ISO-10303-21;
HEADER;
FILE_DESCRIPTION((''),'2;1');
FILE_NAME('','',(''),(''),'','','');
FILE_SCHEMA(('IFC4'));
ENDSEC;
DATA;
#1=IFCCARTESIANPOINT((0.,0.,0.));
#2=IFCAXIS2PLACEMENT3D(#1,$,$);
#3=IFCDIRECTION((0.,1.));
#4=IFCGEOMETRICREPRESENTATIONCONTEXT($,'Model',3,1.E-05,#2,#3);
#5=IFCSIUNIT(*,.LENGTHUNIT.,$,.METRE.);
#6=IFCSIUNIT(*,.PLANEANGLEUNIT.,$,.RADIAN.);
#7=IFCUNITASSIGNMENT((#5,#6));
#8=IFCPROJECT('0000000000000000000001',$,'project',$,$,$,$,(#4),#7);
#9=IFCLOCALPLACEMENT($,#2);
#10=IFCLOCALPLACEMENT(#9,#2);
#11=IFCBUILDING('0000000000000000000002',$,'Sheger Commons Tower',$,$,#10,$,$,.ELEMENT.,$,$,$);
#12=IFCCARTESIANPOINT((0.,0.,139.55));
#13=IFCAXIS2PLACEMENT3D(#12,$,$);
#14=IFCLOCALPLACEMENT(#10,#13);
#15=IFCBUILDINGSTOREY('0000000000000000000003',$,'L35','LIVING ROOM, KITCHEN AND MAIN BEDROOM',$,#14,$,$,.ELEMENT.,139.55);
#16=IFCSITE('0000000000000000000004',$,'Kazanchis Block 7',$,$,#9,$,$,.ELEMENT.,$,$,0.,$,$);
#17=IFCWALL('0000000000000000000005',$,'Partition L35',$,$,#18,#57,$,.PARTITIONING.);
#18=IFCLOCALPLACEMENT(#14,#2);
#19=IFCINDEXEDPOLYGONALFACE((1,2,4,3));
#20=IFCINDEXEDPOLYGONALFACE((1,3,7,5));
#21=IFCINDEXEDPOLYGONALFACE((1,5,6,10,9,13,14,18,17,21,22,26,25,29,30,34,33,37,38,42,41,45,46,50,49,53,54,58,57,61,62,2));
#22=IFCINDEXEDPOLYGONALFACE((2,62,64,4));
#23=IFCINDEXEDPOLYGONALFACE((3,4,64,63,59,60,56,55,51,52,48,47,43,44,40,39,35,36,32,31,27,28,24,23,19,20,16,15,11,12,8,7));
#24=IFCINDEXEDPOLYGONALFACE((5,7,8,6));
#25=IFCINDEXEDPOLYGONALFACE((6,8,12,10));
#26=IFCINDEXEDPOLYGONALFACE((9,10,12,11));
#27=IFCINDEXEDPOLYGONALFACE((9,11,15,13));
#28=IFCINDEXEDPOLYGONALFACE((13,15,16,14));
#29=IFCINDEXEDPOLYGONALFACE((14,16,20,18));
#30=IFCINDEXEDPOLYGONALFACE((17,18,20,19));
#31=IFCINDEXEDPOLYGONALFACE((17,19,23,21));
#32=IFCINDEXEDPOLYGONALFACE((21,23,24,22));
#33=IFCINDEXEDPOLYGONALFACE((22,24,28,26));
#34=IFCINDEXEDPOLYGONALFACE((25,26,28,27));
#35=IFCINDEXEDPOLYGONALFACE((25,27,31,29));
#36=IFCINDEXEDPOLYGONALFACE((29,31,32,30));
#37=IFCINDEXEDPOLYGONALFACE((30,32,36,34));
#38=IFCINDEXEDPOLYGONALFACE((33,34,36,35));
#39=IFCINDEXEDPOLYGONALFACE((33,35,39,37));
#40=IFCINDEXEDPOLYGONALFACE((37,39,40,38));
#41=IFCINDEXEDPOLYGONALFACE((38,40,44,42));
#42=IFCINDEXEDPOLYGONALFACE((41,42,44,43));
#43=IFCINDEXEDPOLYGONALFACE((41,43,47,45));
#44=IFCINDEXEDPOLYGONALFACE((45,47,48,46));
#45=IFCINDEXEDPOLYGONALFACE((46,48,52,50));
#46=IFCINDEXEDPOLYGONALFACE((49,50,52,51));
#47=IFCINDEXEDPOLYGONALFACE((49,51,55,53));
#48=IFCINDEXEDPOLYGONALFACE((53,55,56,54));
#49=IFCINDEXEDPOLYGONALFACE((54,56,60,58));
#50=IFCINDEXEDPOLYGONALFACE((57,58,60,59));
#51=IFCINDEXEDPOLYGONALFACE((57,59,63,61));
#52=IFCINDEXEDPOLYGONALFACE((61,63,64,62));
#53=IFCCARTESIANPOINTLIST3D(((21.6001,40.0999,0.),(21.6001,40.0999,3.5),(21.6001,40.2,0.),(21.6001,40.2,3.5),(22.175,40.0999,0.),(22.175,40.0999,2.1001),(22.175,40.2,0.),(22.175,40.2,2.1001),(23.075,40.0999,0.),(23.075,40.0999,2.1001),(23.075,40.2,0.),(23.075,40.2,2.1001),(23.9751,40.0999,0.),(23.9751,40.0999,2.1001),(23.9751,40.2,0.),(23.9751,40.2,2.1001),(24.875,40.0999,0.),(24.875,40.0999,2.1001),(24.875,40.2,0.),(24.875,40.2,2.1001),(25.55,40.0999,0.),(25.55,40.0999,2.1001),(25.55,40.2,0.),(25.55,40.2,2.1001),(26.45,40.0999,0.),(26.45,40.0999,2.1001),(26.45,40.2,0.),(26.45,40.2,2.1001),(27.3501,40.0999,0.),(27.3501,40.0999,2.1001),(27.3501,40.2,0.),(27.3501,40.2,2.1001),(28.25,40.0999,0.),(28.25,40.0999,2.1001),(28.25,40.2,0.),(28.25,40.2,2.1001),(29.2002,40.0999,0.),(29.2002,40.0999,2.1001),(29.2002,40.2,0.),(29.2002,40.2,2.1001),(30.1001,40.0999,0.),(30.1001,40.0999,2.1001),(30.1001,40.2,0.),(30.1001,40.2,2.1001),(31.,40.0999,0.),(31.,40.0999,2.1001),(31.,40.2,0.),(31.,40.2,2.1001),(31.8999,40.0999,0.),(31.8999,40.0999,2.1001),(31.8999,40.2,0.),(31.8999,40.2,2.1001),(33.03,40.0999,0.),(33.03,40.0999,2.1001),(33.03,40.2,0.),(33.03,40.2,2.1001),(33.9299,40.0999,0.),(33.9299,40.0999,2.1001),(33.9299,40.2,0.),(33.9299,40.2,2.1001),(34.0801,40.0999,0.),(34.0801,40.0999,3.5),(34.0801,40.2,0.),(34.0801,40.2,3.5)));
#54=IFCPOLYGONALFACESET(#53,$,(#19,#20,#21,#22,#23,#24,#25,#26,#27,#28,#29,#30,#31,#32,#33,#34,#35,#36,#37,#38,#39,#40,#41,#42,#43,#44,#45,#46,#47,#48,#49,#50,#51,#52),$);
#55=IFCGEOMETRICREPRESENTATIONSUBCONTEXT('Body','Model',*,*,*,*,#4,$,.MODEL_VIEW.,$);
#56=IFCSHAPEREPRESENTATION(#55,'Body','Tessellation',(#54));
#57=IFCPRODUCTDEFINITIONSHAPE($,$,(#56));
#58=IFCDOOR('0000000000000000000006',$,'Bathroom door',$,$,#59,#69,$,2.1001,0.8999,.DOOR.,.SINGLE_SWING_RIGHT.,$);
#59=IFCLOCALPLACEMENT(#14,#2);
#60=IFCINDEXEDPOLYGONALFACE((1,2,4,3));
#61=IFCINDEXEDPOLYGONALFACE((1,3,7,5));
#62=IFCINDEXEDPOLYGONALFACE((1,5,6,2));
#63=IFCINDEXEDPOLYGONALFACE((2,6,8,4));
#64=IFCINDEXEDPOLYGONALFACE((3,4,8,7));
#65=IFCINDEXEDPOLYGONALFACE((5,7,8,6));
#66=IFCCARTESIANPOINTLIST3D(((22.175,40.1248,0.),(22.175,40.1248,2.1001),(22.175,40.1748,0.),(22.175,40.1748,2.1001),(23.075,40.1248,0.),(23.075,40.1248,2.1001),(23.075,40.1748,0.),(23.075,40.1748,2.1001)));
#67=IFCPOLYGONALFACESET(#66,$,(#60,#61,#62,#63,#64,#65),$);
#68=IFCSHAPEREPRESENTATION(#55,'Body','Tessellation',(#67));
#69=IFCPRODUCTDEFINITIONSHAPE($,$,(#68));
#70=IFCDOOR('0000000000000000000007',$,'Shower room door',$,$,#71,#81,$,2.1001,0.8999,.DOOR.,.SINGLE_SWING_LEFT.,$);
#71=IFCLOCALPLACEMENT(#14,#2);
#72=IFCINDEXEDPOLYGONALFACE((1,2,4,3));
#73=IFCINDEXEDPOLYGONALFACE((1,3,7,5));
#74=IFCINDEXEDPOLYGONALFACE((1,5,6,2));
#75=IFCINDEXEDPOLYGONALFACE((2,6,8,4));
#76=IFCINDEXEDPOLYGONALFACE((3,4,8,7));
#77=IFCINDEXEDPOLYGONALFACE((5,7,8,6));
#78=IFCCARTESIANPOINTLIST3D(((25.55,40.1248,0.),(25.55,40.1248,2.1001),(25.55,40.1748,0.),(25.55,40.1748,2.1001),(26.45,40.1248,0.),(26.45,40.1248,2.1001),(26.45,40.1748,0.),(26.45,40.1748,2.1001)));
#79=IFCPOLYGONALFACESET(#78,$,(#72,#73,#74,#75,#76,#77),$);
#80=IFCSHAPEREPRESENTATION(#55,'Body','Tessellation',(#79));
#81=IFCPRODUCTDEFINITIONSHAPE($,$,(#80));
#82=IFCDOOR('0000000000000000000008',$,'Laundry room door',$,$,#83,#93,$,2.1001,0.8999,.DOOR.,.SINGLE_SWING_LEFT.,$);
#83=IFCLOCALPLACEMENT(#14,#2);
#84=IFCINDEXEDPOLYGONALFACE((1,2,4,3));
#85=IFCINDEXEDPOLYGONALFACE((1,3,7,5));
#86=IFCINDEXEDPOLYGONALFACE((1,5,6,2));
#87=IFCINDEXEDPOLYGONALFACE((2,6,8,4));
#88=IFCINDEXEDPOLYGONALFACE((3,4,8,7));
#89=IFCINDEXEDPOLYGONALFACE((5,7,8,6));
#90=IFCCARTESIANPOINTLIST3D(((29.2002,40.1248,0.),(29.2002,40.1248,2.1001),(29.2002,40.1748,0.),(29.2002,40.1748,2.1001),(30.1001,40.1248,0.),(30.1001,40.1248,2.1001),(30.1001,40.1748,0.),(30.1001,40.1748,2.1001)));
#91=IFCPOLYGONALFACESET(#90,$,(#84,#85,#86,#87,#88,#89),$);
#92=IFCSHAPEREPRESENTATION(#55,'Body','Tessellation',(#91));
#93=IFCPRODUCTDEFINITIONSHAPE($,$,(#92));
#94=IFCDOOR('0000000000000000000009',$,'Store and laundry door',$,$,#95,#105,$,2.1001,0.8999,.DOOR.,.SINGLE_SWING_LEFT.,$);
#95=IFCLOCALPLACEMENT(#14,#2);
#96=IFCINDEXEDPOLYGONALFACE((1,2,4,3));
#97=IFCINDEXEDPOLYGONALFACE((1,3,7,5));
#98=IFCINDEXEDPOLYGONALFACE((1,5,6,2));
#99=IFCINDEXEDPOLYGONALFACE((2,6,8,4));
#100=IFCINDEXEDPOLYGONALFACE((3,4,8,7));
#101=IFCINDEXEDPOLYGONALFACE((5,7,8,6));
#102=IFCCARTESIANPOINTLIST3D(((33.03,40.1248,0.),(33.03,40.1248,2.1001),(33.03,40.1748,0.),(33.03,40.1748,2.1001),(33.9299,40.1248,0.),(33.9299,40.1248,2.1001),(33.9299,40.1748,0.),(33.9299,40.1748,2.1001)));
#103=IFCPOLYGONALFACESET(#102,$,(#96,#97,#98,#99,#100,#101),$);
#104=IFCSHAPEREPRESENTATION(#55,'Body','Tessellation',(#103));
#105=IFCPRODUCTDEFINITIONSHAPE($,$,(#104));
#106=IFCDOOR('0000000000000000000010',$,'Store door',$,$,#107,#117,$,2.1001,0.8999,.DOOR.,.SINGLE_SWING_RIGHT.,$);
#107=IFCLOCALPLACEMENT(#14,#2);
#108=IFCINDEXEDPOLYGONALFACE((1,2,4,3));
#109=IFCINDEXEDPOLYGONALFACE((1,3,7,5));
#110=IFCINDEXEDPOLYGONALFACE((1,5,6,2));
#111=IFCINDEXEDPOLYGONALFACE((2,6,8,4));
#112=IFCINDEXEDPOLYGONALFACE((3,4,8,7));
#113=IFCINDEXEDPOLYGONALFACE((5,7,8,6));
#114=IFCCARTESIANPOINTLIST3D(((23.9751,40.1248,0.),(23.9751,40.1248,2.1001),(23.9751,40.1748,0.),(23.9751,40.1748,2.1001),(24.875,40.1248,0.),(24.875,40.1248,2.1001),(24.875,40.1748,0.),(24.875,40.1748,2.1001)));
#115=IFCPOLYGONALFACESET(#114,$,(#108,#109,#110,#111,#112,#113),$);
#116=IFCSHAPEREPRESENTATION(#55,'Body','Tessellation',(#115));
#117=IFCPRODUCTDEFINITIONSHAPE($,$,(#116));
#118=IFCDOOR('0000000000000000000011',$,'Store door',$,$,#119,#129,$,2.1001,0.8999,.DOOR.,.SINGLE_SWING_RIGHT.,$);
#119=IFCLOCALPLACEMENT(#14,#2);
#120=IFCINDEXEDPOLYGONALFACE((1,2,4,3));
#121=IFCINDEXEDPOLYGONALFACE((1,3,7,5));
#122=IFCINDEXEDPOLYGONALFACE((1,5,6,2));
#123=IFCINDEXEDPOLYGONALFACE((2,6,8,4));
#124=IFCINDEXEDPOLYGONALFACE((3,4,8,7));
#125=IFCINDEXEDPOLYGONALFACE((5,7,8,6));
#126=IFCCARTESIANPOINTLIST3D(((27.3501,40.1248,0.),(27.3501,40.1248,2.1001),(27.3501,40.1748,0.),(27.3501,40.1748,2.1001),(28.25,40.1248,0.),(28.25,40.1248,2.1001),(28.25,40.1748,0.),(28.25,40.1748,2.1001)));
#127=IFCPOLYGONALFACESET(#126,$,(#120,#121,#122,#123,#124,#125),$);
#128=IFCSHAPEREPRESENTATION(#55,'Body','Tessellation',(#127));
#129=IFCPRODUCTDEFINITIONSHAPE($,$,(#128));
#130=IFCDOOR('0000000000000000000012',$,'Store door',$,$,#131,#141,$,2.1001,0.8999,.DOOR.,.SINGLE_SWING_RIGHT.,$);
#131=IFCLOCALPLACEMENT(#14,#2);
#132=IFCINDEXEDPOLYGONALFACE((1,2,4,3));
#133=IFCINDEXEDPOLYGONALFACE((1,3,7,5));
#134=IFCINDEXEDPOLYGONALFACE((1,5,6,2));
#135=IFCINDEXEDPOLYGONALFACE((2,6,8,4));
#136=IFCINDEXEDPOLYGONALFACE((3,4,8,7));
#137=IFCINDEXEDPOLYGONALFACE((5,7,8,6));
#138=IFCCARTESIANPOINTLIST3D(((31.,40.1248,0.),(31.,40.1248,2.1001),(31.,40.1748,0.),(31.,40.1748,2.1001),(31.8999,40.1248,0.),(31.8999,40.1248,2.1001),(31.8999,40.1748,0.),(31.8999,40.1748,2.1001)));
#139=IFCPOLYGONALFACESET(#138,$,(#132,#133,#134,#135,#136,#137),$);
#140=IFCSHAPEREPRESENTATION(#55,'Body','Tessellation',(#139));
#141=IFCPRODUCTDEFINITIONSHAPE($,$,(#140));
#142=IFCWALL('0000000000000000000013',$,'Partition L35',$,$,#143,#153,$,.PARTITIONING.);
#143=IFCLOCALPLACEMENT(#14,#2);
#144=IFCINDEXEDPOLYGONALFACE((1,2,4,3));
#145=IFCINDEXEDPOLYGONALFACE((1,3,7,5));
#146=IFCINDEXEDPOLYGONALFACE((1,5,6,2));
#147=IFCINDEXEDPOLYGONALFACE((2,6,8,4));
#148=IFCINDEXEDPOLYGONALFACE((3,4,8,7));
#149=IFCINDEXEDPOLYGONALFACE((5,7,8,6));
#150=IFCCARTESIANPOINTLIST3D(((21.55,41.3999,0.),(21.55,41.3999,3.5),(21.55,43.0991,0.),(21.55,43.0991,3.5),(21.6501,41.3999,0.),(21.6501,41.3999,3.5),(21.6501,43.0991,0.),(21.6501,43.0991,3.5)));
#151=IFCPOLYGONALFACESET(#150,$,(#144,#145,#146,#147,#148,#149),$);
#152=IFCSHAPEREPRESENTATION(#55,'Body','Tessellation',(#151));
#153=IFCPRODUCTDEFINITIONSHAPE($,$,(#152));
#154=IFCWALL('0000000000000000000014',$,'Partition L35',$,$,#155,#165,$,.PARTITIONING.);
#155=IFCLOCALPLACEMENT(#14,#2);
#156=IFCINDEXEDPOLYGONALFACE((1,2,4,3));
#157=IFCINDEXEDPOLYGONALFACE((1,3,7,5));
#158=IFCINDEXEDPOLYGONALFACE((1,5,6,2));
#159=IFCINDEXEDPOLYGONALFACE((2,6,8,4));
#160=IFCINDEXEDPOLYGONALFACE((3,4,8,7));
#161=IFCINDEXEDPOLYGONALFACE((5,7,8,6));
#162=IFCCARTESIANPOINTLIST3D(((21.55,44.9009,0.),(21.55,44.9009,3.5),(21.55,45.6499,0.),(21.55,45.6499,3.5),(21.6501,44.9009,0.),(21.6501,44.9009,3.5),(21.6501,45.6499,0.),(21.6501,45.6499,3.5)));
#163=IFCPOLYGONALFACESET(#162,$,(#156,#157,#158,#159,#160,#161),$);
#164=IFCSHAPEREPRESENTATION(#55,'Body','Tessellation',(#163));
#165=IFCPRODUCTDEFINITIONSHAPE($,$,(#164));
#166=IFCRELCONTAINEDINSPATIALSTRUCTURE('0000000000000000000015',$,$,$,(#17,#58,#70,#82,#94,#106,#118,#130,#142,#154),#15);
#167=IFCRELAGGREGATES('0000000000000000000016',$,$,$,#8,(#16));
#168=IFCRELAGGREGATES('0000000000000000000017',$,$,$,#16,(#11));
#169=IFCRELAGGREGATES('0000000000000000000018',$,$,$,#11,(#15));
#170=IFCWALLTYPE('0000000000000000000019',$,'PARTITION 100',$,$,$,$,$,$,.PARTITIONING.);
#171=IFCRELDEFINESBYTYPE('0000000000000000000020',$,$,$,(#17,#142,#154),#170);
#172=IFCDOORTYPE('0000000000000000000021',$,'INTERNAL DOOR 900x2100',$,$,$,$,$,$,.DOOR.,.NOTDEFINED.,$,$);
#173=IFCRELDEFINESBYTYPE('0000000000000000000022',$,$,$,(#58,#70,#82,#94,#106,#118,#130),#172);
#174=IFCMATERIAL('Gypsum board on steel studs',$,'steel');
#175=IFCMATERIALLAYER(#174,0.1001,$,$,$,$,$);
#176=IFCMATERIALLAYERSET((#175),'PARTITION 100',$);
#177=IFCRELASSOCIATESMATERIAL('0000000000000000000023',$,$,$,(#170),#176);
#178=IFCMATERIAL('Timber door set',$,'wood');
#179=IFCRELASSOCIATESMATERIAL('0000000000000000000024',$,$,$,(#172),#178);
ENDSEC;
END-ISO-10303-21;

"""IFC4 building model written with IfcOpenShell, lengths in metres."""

from ifc_helpers import new_model, si_unit, direction, frame, frame_2d, origin, place, context, subcontext, project, spatial, rectangle, extrude, material, layer, layer_set, type_object, element, fill, save


model = new_model("IFC4")

# Units and contexts
model_context = context("Model", 3, precision=1e-05, world=origin(), true_north=direction((0.0, 1.0)))
body_context = subcontext(model_context, "Body", "Model", "MODEL_VIEW")
ifc_project = project(units=[si_unit("LENGTHUNIT", "METRE"), si_unit("PLANEANGLEUNIT", "RADIAN")], contexts=[model_context])

# Site, building, storey
site_placement = place(None, origin())
site = spatial("IfcSite", under=ifc_project, at=site_placement, Name="Kazanchis Block 7", CompositionType="ELEMENT", RefElevation=0.0)
building_placement = place(site_placement, origin())
building = spatial("IfcBuilding", under=site, at=building_placement, Name="Sheger Commons Tower", CompositionType="ELEMENT")
storey_placement = place(building_placement, frame((0.0, 0.0, 139.55)))
storey = spatial("IfcBuildingStorey", under=building, at=storey_placement, Name="L35", Description="LIVING ROOM, KITCHEN AND MAIN BEDROOM", CompositionType="ELEMENT", Elevation=139.55)

# Wall, openings, doors
ifc_material_1 = material(Name="Gypsum board on steel studs", Category="steel")
ifc_layer_1 = layer(ifc_material_1, 0.1001)
ifc_layer_set_1 = layer_set([ifc_layer_1], Name="PARTITION 100")
wall_type = type_object("IfcWallType", Name="PARTITION 100", PredefinedType="PARTITIONING", material=ifc_layer_set_1)
ifc_material_2 = material(Name="Timber door set", Category="wood")
door_type = type_object("IfcDoorType", Name="INTERNAL DOOR 900x2100", OperationType="NOTDEFINED", PredefinedType="DOOR", material=ifc_material_2)
wall_1_placement = place(storey_placement, frame((21.6001, 40.1499, 0.0), z_axis=(0.0, 0.0, 1.0), x_axis=(1.0, 0.0, 0.0)))
wall_1 = element("IfcWall", 1, at=wall_1_placement, inside=storey, type_object=wall_type, Name="Partition L35", PredefinedType="PARTITIONING", context=body_context, shape_type="SweptSolid", body=[
    extrude(rectangle(XDim=12.48, YDim=0.1001, at=frame_2d((6.24, 0.0))), origin(), (0.0, 0.0, 1.0), 3.5),
])
opening_1_placement = place(wall_1_placement, frame((0.575, 0.0, 0.0)))
opening_1 = element("IfcOpeningElement", 2, at=opening_1_placement, cuts=wall_1, PredefinedType="OPENING", context=body_context, shape_type="SweptSolid", body=[
    extrude(rectangle(XDim=0.8999, YDim=2.1001, at=frame_2d((0.45, 1.05))), frame((0.0, 0.0601, 0.0), z_axis=(0.0, -1.0, 0.0), x_axis=(1.0, 0.0, 0.0)), (0.0, 0.0, 1.0), 0.1201),
])
opening_2_placement = place(wall_1_placement, frame((3.95, 0.0, 0.0)))
opening_2 = element("IfcOpeningElement", 3, at=opening_2_placement, cuts=wall_1, PredefinedType="OPENING", context=body_context, shape_type="SweptSolid", body=[
    extrude(rectangle(XDim=0.8999, YDim=2.1001, at=frame_2d((0.45, 1.05))), frame((0.0, 0.0601, 0.0), z_axis=(0.0, -1.0, 0.0), x_axis=(1.0, 0.0, 0.0)), (0.0, 0.0, 1.0), 0.1201),
])
opening_3_placement = place(wall_1_placement, frame((7.6001, 0.0, 0.0)))
opening_3 = element("IfcOpeningElement", 4, at=opening_3_placement, cuts=wall_1, PredefinedType="OPENING", context=body_context, shape_type="SweptSolid", body=[
    extrude(rectangle(XDim=0.8999, YDim=2.1001, at=frame_2d((0.45, 1.05))), frame((0.0, 0.0601, 0.0), z_axis=(0.0, -1.0, 0.0), x_axis=(1.0, 0.0, 0.0)), (0.0, 0.0, 1.0), 0.1201),
])
opening_4_placement = place(wall_1_placement, frame((11.4299, 0.0, 0.0)))
opening_4 = element("IfcOpeningElement", 5, at=opening_4_placement, cuts=wall_1, PredefinedType="OPENING", context=body_context, shape_type="SweptSolid", body=[
    extrude(rectangle(XDim=0.8999, YDim=2.1001, at=frame_2d((0.45, 1.05))), frame((0.0, 0.0601, 0.0), z_axis=(0.0, -1.0, 0.0), x_axis=(1.0, 0.0, 0.0)), (0.0, 0.0, 1.0), 0.1201),
])
opening_5_placement = place(wall_1_placement, frame((2.375, 0.0, 0.0)))
opening_5 = element("IfcOpeningElement", 6, at=opening_5_placement, cuts=wall_1, PredefinedType="OPENING", context=body_context, shape_type="SweptSolid", body=[
    extrude(rectangle(XDim=0.8999, YDim=2.1001, at=frame_2d((0.45, 1.05))), frame((0.0, 0.0601, 0.0), z_axis=(0.0, -1.0, 0.0), x_axis=(1.0, 0.0, 0.0)), (0.0, 0.0, 1.0), 0.1201),
])
opening_6_placement = place(wall_1_placement, frame((5.75, 0.0, 0.0)))
opening_6 = element("IfcOpeningElement", 7, at=opening_6_placement, cuts=wall_1, PredefinedType="OPENING", context=body_context, shape_type="SweptSolid", body=[
    extrude(rectangle(XDim=0.8999, YDim=2.1001, at=frame_2d((0.45, 1.05))), frame((0.0, 0.0601, 0.0), z_axis=(0.0, -1.0, 0.0), x_axis=(1.0, 0.0, 0.0)), (0.0, 0.0, 1.0), 0.1201),
])
opening_7_placement = place(wall_1_placement, frame((9.3999, 0.0, 0.0)))
opening_7 = element("IfcOpeningElement", 8, at=opening_7_placement, cuts=wall_1, PredefinedType="OPENING", context=body_context, shape_type="SweptSolid", body=[
    extrude(rectangle(XDim=0.8999, YDim=2.1001, at=frame_2d((0.45, 1.05))), frame((0.0, 0.0601, 0.0), z_axis=(0.0, -1.0, 0.0), x_axis=(1.0, 0.0, 0.0)), (0.0, 0.0, 1.0), 0.1201),
])
door_1_placement = place(opening_1_placement, origin())
door_1 = element("IfcDoor", 9, at=door_1_placement, inside=storey, type_object=door_type, Name="Bathroom door", OperationType="SINGLE_SWING_RIGHT", OverallHeight=2.1001, OverallWidth=0.8999, PredefinedType="DOOR", context=body_context, shape_type="SweptSolid", body=[
    extrude(rectangle(XDim=0.8999, YDim=2.1001, at=frame_2d((0.45, 1.05))), frame((0.0, 0.0249, 0.0), z_axis=(0.0, -1.0, 0.0), x_axis=(1.0, 0.0, 0.0)), (0.0, 0.0, 1.0), 0.05),
])
fill(opening_1, door_1)
door_2_placement = place(opening_2_placement, origin())
door_2 = element("IfcDoor", 10, at=door_2_placement, inside=storey, type_object=door_type, Name="Shower room door", OperationType="SINGLE_SWING_LEFT", OverallHeight=2.1001, OverallWidth=0.8999, PredefinedType="DOOR", context=body_context, shape_type="SweptSolid", body=[
    extrude(rectangle(XDim=0.8999, YDim=2.1001, at=frame_2d((0.45, 1.05))), frame((0.0, 0.0249, 0.0), z_axis=(0.0, -1.0, 0.0), x_axis=(1.0, 0.0, 0.0)), (0.0, 0.0, 1.0), 0.05),
])
fill(opening_2, door_2)
door_3_placement = place(opening_3_placement, origin())
door_3 = element("IfcDoor", 11, at=door_3_placement, inside=storey, type_object=door_type, Name="Laundry room door", OperationType="SINGLE_SWING_LEFT", OverallHeight=2.1001, OverallWidth=0.8999, PredefinedType="DOOR", context=body_context, shape_type="SweptSolid", body=[
    extrude(rectangle(XDim=0.8999, YDim=2.1001, at=frame_2d((0.45, 1.05))), frame((0.0, 0.0249, 0.0), z_axis=(0.0, -1.0, 0.0), x_axis=(1.0, 0.0, 0.0)), (0.0, 0.0, 1.0), 0.05),
])
fill(opening_3, door_3)
door_4_placement = place(opening_4_placement, origin())
door_4 = element("IfcDoor", 12, at=door_4_placement, inside=storey, type_object=door_type, Name="Store and laundry door", OperationType="SINGLE_SWING_LEFT", OverallHeight=2.1001, OverallWidth=0.8999, PredefinedType="DOOR", context=body_context, shape_type="SweptSolid", body=[
    extrude(rectangle(XDim=0.8999, YDim=2.1001, at=frame_2d((0.45, 1.05))), frame((0.0, 0.0249, 0.0), z_axis=(0.0, -1.0, 0.0), x_axis=(1.0, 0.0, 0.0)), (0.0, 0.0, 1.0), 0.05),
])
fill(opening_4, door_4)
door_5_placement = place(opening_5_placement, origin())
door_5 = element("IfcDoor", 13, at=door_5_placement, inside=storey, type_object=door_type, Name="Store door", OperationType="SINGLE_SWING_RIGHT", OverallHeight=2.1001, OverallWidth=0.8999, PredefinedType="DOOR", context=body_context, shape_type="SweptSolid", body=[
    extrude(rectangle(XDim=0.8999, YDim=2.1001, at=frame_2d((0.45, 1.05))), frame((0.0, 0.0249, 0.0), z_axis=(0.0, -1.0, 0.0), x_axis=(1.0, 0.0, 0.0)), (0.0, 0.0, 1.0), 0.05),
])
fill(opening_5, door_5)
door_6_placement = place(opening_6_placement, origin())
door_6 = element("IfcDoor", 14, at=door_6_placement, inside=storey, type_object=door_type, Name="Store door", OperationType="SINGLE_SWING_RIGHT", OverallHeight=2.1001, OverallWidth=0.8999, PredefinedType="DOOR", context=body_context, shape_type="SweptSolid", body=[
    extrude(rectangle(XDim=0.8999, YDim=2.1001, at=frame_2d((0.45, 1.05))), frame((0.0, 0.0249, 0.0), z_axis=(0.0, -1.0, 0.0), x_axis=(1.0, 0.0, 0.0)), (0.0, 0.0, 1.0), 0.05),
])
fill(opening_6, door_6)
door_7_placement = place(opening_7_placement, origin())
door_7 = element("IfcDoor", 15, at=door_7_placement, inside=storey, type_object=door_type, Name="Store door", OperationType="SINGLE_SWING_RIGHT", OverallHeight=2.1001, OverallWidth=0.8999, PredefinedType="DOOR", context=body_context, shape_type="SweptSolid", body=[
    extrude(rectangle(XDim=0.8999, YDim=2.1001, at=frame_2d((0.45, 1.05))), frame((0.0, 0.0249, 0.0), z_axis=(0.0, -1.0, 0.0), x_axis=(1.0, 0.0, 0.0)), (0.0, 0.0, 1.0), 0.05),
])
fill(opening_7, door_7)

# Walls
wall_2_placement = place(storey_placement, frame((21.6001, 41.3999, 0.0), z_axis=(0.0, 0.0, 1.0), x_axis=(0.0, 1.0, 0.0)))
element("IfcWall", 16, at=wall_2_placement, inside=storey, type_object=wall_type, Name="Partition L35", PredefinedType="PARTITIONING", context=body_context, shape_type="SweptSolid", body=[
    extrude(rectangle(XDim=1.6992, YDim=0.1001, at=frame_2d((0.8496, 0.0))), origin(), (0.0, 0.0, 1.0), 3.5),
])
wall_3_placement = place(storey_placement, frame((21.6001, 44.9009, 0.0), z_axis=(0.0, 0.0, 1.0), x_axis=(0.0, 1.0, 0.0)))
element("IfcWall", 17, at=wall_3_placement, inside=storey, type_object=wall_type, Name="Partition L35", PredefinedType="PARTITIONING", context=body_context, shape_type="SweptSolid", body=[
    extrude(rectangle(XDim=0.749, YDim=0.1001, at=frame_2d((0.3745, 0.0))), origin(), (0.0, 0.0, 1.0), 3.5),
])

save(model, "model.ifc")
